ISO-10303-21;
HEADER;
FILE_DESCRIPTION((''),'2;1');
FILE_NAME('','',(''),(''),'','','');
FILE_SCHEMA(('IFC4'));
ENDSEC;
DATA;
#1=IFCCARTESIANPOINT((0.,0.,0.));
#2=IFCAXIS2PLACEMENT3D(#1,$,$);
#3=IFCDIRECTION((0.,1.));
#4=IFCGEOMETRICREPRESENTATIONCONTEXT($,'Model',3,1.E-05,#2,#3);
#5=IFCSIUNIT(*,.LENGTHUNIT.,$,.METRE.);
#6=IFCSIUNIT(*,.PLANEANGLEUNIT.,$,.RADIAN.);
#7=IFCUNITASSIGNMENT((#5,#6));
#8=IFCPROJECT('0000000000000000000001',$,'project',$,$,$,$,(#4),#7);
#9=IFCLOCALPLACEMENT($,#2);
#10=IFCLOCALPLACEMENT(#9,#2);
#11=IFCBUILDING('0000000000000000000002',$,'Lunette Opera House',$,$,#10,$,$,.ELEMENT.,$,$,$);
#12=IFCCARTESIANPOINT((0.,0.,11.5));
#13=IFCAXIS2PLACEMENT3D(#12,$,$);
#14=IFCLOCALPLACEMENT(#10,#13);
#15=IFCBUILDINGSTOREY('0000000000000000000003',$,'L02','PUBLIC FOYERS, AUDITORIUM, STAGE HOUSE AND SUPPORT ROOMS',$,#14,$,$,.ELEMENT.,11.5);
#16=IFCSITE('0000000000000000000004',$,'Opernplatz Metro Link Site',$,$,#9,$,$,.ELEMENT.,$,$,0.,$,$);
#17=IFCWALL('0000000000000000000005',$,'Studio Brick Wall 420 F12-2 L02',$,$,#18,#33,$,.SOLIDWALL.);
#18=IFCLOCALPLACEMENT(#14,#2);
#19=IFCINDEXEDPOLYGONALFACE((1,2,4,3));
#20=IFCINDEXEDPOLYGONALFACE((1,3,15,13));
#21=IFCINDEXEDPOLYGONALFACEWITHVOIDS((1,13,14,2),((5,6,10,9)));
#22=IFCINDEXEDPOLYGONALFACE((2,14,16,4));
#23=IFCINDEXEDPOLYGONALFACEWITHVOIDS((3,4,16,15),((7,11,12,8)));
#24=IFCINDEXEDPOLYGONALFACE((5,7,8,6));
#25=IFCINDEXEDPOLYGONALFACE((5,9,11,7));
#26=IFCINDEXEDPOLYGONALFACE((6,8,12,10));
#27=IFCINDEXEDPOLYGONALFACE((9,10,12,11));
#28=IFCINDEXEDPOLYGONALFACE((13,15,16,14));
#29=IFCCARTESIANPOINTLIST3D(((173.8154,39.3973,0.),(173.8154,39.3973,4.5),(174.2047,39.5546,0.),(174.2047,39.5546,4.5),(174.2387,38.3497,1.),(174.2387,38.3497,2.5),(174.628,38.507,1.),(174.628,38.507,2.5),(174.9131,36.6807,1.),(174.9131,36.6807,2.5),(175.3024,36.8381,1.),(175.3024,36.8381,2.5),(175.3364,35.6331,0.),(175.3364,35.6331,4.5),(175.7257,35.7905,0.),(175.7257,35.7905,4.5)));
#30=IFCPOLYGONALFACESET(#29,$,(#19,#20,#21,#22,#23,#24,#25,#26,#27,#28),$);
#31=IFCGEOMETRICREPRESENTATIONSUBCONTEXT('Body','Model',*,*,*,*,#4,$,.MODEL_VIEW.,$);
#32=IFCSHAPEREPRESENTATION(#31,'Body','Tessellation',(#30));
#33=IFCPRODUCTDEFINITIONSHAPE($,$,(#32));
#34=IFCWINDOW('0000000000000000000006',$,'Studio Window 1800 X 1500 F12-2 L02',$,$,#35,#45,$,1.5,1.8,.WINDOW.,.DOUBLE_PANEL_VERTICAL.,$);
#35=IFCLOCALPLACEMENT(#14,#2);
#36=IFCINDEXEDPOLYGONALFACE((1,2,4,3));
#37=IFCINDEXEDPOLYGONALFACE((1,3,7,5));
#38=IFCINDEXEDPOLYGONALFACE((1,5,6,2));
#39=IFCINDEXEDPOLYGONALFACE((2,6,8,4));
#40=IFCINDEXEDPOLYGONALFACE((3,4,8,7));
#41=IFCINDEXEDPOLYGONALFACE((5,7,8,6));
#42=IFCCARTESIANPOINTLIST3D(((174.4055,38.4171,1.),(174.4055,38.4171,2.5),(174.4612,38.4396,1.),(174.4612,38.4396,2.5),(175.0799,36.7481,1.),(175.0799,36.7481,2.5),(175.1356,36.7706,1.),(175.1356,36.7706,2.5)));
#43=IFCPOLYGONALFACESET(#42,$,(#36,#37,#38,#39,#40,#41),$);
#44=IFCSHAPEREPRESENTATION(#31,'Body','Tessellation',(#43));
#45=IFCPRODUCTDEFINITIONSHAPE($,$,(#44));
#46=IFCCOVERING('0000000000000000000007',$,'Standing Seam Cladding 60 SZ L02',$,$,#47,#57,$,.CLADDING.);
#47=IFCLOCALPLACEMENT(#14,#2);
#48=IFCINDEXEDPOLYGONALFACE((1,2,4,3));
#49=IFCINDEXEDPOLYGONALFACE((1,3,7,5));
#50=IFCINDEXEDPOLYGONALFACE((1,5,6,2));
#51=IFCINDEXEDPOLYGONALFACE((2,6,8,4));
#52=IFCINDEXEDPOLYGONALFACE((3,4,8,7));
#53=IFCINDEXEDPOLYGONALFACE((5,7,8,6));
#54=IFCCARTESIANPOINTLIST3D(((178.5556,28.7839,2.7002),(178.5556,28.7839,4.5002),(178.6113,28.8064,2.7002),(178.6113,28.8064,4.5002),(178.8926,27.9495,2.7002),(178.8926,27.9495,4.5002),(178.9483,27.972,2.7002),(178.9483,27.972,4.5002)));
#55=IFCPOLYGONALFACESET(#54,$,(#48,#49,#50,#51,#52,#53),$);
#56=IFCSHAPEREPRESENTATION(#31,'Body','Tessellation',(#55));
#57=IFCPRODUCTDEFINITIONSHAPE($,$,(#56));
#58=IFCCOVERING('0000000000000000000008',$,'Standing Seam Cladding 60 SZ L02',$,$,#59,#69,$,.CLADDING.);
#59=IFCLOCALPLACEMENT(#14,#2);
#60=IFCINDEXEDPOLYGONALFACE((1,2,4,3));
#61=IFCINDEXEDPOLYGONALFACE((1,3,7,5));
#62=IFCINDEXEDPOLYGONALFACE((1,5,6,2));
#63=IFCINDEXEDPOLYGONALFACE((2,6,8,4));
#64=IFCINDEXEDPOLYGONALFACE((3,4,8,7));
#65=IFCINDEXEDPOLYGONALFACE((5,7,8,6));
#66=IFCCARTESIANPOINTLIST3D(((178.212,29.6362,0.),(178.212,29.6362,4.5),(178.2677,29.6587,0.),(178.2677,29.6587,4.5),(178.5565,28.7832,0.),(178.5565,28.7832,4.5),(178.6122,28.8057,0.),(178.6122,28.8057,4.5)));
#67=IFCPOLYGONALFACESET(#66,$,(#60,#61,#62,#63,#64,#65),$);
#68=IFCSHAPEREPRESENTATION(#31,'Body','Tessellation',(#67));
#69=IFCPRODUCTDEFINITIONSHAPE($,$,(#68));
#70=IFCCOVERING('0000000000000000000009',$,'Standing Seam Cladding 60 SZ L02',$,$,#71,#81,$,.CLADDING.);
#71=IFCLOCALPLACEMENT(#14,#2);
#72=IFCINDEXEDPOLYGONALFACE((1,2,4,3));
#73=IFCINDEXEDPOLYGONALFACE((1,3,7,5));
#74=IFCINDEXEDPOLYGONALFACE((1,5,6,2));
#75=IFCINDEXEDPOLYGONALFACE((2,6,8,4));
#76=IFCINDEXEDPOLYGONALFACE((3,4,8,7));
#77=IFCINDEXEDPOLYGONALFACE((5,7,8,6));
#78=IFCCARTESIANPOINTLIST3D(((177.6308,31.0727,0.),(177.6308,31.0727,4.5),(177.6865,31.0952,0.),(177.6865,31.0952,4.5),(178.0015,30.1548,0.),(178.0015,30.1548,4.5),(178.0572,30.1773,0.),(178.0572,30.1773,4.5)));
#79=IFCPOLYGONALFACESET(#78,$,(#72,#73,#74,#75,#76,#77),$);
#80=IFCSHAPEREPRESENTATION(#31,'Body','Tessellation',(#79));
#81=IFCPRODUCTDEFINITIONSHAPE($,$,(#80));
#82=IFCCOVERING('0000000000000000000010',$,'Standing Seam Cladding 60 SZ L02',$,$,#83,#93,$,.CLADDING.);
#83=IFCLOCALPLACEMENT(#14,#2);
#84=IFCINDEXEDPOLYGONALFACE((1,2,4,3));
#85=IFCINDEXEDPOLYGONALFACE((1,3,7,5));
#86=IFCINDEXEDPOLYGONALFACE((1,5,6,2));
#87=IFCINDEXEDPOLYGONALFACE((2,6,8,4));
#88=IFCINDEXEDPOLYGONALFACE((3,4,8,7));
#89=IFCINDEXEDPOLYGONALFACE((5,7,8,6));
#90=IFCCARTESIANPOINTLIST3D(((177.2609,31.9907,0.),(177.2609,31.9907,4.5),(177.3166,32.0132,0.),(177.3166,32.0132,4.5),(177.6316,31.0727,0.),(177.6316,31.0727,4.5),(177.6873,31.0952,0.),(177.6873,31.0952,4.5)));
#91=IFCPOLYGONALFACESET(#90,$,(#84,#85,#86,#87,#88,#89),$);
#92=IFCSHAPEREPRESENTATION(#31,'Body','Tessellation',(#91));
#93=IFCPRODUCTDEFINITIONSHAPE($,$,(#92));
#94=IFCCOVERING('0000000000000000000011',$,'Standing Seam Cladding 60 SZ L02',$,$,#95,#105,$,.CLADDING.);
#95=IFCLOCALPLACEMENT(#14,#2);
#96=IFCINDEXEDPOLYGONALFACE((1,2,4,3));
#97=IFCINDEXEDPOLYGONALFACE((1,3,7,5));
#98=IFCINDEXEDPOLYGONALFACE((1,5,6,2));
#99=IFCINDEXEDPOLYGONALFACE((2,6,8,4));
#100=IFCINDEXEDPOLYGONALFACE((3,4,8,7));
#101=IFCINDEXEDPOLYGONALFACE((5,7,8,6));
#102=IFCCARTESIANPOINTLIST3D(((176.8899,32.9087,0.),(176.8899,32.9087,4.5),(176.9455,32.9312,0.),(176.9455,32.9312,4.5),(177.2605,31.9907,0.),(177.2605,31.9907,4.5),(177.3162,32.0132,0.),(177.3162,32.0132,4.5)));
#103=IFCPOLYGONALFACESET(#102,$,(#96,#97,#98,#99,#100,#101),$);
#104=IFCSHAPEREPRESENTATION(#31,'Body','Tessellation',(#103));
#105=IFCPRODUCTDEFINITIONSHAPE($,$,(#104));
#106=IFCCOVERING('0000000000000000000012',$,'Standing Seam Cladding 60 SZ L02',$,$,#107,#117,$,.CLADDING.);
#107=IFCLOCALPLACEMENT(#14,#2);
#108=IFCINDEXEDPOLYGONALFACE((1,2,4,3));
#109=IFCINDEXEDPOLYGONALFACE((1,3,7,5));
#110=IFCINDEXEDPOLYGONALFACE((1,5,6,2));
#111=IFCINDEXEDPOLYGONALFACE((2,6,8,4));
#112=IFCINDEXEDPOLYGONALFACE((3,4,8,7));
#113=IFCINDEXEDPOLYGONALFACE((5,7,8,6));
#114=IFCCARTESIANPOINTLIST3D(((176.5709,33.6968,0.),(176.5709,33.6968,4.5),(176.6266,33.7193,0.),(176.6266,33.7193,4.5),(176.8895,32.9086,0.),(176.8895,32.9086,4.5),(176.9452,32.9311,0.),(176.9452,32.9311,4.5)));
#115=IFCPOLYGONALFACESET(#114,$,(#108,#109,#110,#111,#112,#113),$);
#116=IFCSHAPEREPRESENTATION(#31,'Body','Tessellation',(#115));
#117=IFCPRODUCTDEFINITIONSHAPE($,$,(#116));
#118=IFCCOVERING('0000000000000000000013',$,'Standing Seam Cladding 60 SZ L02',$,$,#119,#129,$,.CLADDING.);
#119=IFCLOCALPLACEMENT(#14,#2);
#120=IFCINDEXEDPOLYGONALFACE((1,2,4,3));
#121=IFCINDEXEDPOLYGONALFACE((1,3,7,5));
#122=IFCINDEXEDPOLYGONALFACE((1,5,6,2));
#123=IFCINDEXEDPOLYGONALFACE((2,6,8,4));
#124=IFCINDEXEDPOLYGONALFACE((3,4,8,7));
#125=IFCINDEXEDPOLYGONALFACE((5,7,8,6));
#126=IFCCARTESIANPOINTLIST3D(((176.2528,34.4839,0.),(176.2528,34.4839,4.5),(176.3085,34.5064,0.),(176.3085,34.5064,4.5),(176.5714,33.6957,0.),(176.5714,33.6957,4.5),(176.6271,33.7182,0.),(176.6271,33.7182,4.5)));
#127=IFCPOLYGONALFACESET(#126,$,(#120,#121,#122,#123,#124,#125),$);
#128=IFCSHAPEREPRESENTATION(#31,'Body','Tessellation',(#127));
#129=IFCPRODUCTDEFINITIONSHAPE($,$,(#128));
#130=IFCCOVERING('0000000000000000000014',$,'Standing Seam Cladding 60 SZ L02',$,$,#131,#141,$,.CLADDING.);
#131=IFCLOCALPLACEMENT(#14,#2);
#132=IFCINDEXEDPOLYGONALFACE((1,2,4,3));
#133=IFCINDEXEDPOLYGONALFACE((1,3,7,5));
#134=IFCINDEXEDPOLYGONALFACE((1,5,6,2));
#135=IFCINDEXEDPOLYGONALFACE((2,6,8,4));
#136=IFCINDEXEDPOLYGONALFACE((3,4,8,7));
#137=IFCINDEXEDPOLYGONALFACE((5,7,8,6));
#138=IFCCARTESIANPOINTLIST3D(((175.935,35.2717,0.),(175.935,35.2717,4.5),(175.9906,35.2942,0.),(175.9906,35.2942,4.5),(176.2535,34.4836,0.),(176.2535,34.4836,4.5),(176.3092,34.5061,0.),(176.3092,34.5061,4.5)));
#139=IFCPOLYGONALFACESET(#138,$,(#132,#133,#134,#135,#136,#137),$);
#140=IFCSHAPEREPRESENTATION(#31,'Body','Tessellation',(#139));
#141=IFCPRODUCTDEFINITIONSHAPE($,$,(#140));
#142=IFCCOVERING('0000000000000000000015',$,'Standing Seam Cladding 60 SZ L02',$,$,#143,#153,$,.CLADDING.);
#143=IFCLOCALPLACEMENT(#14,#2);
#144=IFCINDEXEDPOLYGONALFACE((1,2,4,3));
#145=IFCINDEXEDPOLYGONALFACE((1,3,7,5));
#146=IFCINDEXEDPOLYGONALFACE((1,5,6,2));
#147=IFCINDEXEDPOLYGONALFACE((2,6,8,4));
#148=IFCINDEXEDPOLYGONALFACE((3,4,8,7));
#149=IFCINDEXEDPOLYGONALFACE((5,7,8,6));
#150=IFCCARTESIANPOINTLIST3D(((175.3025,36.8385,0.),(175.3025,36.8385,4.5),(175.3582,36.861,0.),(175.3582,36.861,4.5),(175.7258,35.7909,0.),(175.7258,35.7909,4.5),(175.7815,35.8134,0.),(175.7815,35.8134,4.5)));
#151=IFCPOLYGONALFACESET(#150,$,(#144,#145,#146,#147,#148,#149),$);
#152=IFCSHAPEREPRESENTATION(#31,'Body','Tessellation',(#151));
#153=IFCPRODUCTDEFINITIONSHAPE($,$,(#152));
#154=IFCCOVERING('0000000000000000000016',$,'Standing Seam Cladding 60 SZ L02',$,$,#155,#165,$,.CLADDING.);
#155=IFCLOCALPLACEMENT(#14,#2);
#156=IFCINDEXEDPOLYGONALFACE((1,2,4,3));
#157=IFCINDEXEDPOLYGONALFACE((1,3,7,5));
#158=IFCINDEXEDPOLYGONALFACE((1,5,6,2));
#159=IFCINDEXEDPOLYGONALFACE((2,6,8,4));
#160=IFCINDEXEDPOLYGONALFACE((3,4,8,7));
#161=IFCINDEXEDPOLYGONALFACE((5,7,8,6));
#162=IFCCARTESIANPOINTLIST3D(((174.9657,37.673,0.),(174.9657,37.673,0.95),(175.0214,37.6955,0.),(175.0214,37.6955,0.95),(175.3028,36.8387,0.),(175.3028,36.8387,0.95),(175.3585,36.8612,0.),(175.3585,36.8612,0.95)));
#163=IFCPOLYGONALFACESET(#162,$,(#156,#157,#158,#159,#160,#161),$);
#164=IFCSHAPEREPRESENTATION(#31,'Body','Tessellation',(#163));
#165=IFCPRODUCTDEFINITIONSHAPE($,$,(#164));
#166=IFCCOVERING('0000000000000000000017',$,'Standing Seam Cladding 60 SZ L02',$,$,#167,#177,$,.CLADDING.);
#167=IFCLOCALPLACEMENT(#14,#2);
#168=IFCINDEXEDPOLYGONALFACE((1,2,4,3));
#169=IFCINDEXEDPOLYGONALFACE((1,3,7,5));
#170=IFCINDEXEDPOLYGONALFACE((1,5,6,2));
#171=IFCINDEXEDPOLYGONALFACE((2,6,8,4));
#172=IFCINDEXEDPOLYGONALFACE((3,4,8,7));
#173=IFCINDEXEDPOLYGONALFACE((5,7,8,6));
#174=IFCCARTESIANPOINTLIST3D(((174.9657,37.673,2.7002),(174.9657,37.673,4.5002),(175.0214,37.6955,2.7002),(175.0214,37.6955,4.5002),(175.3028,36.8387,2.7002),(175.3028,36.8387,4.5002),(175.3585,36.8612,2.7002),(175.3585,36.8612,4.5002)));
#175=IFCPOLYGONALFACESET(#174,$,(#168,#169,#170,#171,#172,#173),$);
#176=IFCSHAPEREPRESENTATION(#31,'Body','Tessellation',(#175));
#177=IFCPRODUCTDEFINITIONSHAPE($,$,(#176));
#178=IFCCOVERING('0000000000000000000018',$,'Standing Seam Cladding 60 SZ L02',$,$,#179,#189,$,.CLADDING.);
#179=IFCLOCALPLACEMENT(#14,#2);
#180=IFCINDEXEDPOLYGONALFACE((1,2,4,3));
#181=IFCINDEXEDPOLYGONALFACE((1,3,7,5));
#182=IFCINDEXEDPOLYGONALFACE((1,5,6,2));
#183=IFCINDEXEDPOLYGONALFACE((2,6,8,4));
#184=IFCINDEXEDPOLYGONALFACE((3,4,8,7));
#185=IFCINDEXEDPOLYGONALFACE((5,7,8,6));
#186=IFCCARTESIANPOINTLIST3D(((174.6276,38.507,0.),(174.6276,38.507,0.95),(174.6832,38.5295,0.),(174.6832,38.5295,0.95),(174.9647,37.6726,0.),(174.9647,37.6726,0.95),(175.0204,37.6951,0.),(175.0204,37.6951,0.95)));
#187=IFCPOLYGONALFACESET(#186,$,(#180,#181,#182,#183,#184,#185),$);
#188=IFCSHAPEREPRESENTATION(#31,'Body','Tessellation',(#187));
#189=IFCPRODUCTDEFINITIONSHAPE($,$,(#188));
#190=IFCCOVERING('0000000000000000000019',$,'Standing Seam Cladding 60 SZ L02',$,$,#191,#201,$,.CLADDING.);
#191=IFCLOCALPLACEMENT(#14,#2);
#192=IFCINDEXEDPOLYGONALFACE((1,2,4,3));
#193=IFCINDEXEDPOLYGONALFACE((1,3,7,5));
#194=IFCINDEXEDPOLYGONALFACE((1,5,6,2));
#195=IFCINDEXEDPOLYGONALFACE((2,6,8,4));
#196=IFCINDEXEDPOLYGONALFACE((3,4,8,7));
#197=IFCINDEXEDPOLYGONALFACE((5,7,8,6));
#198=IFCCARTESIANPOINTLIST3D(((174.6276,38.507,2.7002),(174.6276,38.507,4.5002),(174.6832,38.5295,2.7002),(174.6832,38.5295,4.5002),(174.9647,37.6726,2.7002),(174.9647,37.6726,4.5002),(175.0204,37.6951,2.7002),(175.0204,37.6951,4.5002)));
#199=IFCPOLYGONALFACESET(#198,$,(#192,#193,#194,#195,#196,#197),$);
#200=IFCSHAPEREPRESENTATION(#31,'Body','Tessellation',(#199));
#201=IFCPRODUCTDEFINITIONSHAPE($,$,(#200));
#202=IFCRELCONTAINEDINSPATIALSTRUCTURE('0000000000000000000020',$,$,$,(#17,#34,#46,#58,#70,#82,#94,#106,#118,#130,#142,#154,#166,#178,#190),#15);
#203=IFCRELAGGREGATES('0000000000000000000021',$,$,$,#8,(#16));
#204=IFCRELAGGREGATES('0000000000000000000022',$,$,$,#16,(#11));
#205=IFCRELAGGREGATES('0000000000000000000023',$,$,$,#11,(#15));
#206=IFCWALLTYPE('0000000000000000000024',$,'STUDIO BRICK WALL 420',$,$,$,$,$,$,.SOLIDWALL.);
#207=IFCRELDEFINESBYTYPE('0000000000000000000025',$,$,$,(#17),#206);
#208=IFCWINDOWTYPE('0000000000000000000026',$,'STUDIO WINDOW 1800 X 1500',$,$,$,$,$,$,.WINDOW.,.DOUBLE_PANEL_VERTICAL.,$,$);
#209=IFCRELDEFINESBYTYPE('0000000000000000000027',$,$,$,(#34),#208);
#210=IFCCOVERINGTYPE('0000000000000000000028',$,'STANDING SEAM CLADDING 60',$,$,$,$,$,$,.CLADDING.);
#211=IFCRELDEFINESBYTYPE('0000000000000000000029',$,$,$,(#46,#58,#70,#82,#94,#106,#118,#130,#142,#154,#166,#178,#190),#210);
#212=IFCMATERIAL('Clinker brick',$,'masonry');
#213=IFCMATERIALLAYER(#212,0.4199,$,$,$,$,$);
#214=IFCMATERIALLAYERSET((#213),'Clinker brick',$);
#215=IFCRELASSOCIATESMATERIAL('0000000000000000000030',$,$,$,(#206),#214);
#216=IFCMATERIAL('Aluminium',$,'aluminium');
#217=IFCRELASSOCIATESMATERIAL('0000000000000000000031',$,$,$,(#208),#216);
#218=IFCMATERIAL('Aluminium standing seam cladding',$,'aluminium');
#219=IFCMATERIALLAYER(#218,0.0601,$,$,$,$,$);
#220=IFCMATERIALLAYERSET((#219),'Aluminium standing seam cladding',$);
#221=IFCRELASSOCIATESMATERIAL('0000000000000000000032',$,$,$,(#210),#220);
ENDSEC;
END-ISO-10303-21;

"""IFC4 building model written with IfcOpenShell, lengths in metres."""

from ifc_helpers import new_model, si_unit, direction, frame, frame_2d, origin, origin_2d, place, context, subcontext, project, spatial, rectangle, extrude, material, layer, layer_set, type_object, element, fill, save


model = new_model("IFC4")

# Units and contexts
model_context = context("Model", 3, precision=1e-05, world=origin(), true_north=direction((0.0, 1.0)))
body_context = subcontext(model_context, "Body", "Model", "MODEL_VIEW")
ifc_project = project(units=[si_unit("LENGTHUNIT", "METRE"), si_unit("PLANEANGLEUNIT", "RADIAN")], contexts=[model_context])

# Site, building, storey
site_placement = place(None, origin())
site = spatial("IfcSite", under=ifc_project, at=site_placement, Name="Opernplatz Metro Link Site", CompositionType="ELEMENT", RefElevation=0.0)
building_placement = place(site_placement, origin())
building = spatial("IfcBuilding", under=site, at=building_placement, Name="Lunette Opera House", CompositionType="ELEMENT")
storey_placement = place(building_placement, frame((0.0, 0.0, 11.5)))
storey = spatial("IfcBuildingStorey", under=building, at=storey_placement, Name="L02", Description="PUBLIC FOYERS, AUDITORIUM, STAGE HOUSE AND SUPPORT ROOMS", CompositionType="ELEMENT", Elevation=11.5)

# Shared definitions
ifc_material_1 = material(Name="Clinker brick", Category="masonry")
ifc_layer_1 = layer(ifc_material_1, 0.4199)
ifc_layer_set_1 = layer_set([ifc_layer_1], Name="Clinker brick")
wall_type_1 = type_object("IfcWallType", Name="STUDIO BRICK WALL 420", PredefinedType="SOLIDWALL", material=ifc_layer_set_1)

# Wall, opening, window
wall_1_placement = place(storey_placement, frame((175.531, 35.7119, 0.0), z_axis=(0.0, 0.0, 1.0), x_axis=(-0.374644, 0.927169, 0.0)))
wall_1 = element("IfcWall", 1, at=wall_1_placement, inside=storey, type_object=wall_type_1, Name="Studio Brick Wall 420 F12-2 L02", PredefinedType="SOLIDWALL", context=body_context, shape_type="SweptSolid", body=[
    extrude(rectangle(XDim=4.0598, YDim=0.4199, at=frame_2d((2.0298, 0.0))), origin(), (0.0, 0.0, 1.0), 4.5),
])
opening_1_placement = place(wall_1_placement, frame((1.1299, 0.0, 1.0)))
opening_1 = element("IfcOpeningElement", 2, at=opening_1_placement, cuts=wall_1, PredefinedType="OPENING", context=body_context, shape_type="SweptSolid", body=[
    extrude(rectangle(XDim=1.8, YDim=1.5, at=frame_2d((0.8999, 0.75))), frame((0.0, 0.2219, 0.0), z_axis=(0.0, -1.0, 0.0), x_axis=(1.0, 0.0, 0.0)), (0.0, 0.0, 1.0), 0.4438),
])
ifc_material_2 = material(Name="Aluminium", Category="aluminium")
window_type = type_object("IfcWindowType", Name="STUDIO WINDOW 1800 X 1500", PartitioningType="DOUBLE_PANEL_VERTICAL", PredefinedType="WINDOW", material=ifc_material_2)
window_placement = place(opening_1_placement, origin())
window = element("IfcWindow", 3, at=window_placement, inside=storey, type_object=window_type, Name="Studio Window 1800 X 1500 F12-2 L02", OverallHeight=1.5, OverallWidth=1.8, PartitioningType="DOUBLE_PANEL_VERTICAL", PredefinedType="WINDOW", context=body_context, shape_type="SweptSolid", body=[
    extrude(rectangle(XDim=1.8, YDim=1.5, at=frame_2d((0.8999, 0.75))), frame((0.0, 0.03, 0.0), z_axis=(0.0, -1.0, 0.0), x_axis=(1.0, 0.0, 0.0)), (0.0, 0.0, 1.0), 0.0601),
])
fill(opening_1, window)

# Coverings
ifc_material_3 = material(Name="Aluminium standing seam cladding", Category="aluminium")
ifc_layer_2 = layer(ifc_material_3, 0.0601)
ifc_layer_set_2 = layer_set([ifc_layer_2], Name="Aluminium standing seam cladding")
covering_type = type_object("IfcCoveringType", Name="STANDING SEAM CLADDING 60", PredefinedType="CLADDING", material=ifc_layer_set_2)
covering_1_placement = place(storey_placement, frame((178.752, 28.3779, 2.7002), z_axis=(0.0, 0.0, 1.0), x_axis=(-0.374467, 0.92724, 0.0)))
element("IfcCovering", 4, at=covering_1_placement, inside=storey, type_object=covering_type, Name="Standing Seam Cladding 60 SZ L02", PredefinedType="CLADDING", context=body_context, shape_type="SweptSolid", body=[
    extrude(rectangle(XDim=0.8999, YDim=0.0601, at=origin_2d()), origin(), (0.0, 0.0, 1.0), 1.8),
])
covering_2_placement = place(storey_placement, frame((178.4121, 29.2209, 0.0), z_axis=(0.0, 0.0, 1.0), x_axis=(-0.374467, 0.92724, 0.0)))
element("IfcCovering", 5, at=covering_2_placement, inside=storey, type_object=covering_type, Name="Standing Seam Cladding 60 SZ L02", PredefinedType="CLADDING", context=body_context, shape_type="SweptSolid", body=[
    extrude(rectangle(XDim=0.9199, YDim=0.0601, at=origin_2d()), origin(), (0.0, 0.0, 1.0), 4.5),
])
for number, where, z_axis, x_axis, name in (
    (6, (177.844, 30.625, 0.0), (0.0, 0.0, 1.0), (-0.374408, 0.927264, 0.0), "Standing Seam Cladding 60 SZ L02"),
    (7, (177.4741, 31.543, 0.0), (0.0, 0.0, 1.0), (-0.374408, 0.927264, 0.0), "Standing Seam Cladding 60 SZ L02"),
    (8, (177.103, 32.4609, 0.0), (0.0, 0.0, 1.0), (-0.374408, 0.927264, 0.0), "Standing Seam Cladding 60 SZ L02"),
):
    element("IfcCovering", number, at=place(storey_placement, frame(where, z_axis=z_axis, x_axis=x_axis)), inside=storey, type_object=covering_type, Name=name, PredefinedType="CLADDING", context=body_context, shape_type="SweptSolid", body=[
        extrude(rectangle(XDim=0.99, YDim=0.0601, at=origin_2d()), origin(), (0.0, 0.0, 1.0), 4.5),
    ])
for number, where, z_axis, x_axis, name in (
    (9, (176.7581, 33.314, 0.0), (0.0, 0.0, 1.0), (-0.374704, 0.927145, 0.0), "Standing Seam Cladding 60 SZ L02"),
    (10, (176.4399, 34.1011, 0.0), (0.0, 0.0, 1.0), (-0.374704, 0.927145, 0.0), "Standing Seam Cladding 60 SZ L02"),
    (11, (176.1221, 34.8889, 0.0), (0.0, 0.0, 1.0), (-0.374704, 0.927145, 0.0), "Standing Seam Cladding 60 SZ L02"),
):
    element("IfcCovering", number, at=place(storey_placement, frame(where, z_axis=z_axis, x_axis=x_axis)), inside=storey, type_object=covering_type, Name=name, PredefinedType="CLADDING", context=body_context, shape_type="SweptSolid", body=[
        extrude(rectangle(XDim=0.8501, YDim=0.0601, at=origin_2d()), origin(), (0.0, 0.0, 1.0), 4.5),
    ])
covering_3_placement = place(storey_placement, frame((175.542, 36.3259, 0.0), z_axis=(0.0, 0.0, 1.0), x_axis=(-0.374658, 0.927163, 0.0)))
element("IfcCovering", 12, at=covering_3_placement, inside=storey, type_object=covering_type, Name="Standing Seam Cladding 60 SZ L02", PredefinedType="CLADDING", context=body_context, shape_type="SweptSolid", body=[
    extrude(rectangle(XDim=1.1299, YDim=0.0601, at=origin_2d()), origin(), (0.0, 0.0, 1.0), 4.5),
])
covering_4_placement = place(storey_placement, frame((175.1621, 37.2671, 0.0), z_axis=(0.0, 0.0, 1.0), x_axis=(-0.374658, 0.927163, 0.0)))
element("IfcCovering", 13, at=covering_4_placement, inside=storey, type_object=covering_type, Name="Standing Seam Cladding 60 SZ L02", PredefinedType="CLADDING", context=body_context, shape_type="SweptSolid", body=[
    extrude(rectangle(XDim=0.8999, YDim=0.0601, at=origin_2d()), origin(), (0.0, 0.0, 1.0), 0.95),
])
covering_5_placement = place(storey_placement, frame((175.1621, 37.2671, 2.7002), z_axis=(0.0, 0.0, 1.0), x_axis=(-0.374658, 0.927163, 0.0)))
element("IfcCovering", 14, at=covering_5_placement, inside=storey, type_object=covering_type, Name="Standing Seam Cladding 60 SZ L02", PredefinedType="CLADDING", context=body_context, shape_type="SweptSolid", body=[
    extrude(rectangle(XDim=0.8999, YDim=0.0601, at=origin_2d()), origin(), (0.0, 0.0, 1.0), 1.8),
])
covering_6_placement = place(storey_placement, frame((174.824, 38.1011, 0.0), z_axis=(0.0, 0.0, 1.0), x_axis=(-0.374658, 0.927163, 0.0)))
element("IfcCovering", 15, at=covering_6_placement, inside=storey, type_object=covering_type, Name="Standing Seam Cladding 60 SZ L02", PredefinedType="CLADDING", context=body_context, shape_type="SweptSolid", body=[
    extrude(rectangle(XDim=0.8999, YDim=0.0601, at=origin_2d()), origin(), (0.0, 0.0, 1.0), 0.95),
])
covering_7_placement = place(storey_placement, frame((174.824, 38.1011, 2.7002), z_axis=(0.0, 0.0, 1.0), x_axis=(-0.374658, 0.927163, 0.0)))
element("IfcCovering", 16, at=covering_7_placement, inside=storey, type_object=covering_type, Name="Standing Seam Cladding 60 SZ L02", PredefinedType="CLADDING", context=body_context, shape_type="SweptSolid", body=[
    extrude(rectangle(XDim=0.8999, YDim=0.0601, at=origin_2d()), origin(), (0.0, 0.0, 1.0), 1.8),
])

save(model, "model.ifc")
